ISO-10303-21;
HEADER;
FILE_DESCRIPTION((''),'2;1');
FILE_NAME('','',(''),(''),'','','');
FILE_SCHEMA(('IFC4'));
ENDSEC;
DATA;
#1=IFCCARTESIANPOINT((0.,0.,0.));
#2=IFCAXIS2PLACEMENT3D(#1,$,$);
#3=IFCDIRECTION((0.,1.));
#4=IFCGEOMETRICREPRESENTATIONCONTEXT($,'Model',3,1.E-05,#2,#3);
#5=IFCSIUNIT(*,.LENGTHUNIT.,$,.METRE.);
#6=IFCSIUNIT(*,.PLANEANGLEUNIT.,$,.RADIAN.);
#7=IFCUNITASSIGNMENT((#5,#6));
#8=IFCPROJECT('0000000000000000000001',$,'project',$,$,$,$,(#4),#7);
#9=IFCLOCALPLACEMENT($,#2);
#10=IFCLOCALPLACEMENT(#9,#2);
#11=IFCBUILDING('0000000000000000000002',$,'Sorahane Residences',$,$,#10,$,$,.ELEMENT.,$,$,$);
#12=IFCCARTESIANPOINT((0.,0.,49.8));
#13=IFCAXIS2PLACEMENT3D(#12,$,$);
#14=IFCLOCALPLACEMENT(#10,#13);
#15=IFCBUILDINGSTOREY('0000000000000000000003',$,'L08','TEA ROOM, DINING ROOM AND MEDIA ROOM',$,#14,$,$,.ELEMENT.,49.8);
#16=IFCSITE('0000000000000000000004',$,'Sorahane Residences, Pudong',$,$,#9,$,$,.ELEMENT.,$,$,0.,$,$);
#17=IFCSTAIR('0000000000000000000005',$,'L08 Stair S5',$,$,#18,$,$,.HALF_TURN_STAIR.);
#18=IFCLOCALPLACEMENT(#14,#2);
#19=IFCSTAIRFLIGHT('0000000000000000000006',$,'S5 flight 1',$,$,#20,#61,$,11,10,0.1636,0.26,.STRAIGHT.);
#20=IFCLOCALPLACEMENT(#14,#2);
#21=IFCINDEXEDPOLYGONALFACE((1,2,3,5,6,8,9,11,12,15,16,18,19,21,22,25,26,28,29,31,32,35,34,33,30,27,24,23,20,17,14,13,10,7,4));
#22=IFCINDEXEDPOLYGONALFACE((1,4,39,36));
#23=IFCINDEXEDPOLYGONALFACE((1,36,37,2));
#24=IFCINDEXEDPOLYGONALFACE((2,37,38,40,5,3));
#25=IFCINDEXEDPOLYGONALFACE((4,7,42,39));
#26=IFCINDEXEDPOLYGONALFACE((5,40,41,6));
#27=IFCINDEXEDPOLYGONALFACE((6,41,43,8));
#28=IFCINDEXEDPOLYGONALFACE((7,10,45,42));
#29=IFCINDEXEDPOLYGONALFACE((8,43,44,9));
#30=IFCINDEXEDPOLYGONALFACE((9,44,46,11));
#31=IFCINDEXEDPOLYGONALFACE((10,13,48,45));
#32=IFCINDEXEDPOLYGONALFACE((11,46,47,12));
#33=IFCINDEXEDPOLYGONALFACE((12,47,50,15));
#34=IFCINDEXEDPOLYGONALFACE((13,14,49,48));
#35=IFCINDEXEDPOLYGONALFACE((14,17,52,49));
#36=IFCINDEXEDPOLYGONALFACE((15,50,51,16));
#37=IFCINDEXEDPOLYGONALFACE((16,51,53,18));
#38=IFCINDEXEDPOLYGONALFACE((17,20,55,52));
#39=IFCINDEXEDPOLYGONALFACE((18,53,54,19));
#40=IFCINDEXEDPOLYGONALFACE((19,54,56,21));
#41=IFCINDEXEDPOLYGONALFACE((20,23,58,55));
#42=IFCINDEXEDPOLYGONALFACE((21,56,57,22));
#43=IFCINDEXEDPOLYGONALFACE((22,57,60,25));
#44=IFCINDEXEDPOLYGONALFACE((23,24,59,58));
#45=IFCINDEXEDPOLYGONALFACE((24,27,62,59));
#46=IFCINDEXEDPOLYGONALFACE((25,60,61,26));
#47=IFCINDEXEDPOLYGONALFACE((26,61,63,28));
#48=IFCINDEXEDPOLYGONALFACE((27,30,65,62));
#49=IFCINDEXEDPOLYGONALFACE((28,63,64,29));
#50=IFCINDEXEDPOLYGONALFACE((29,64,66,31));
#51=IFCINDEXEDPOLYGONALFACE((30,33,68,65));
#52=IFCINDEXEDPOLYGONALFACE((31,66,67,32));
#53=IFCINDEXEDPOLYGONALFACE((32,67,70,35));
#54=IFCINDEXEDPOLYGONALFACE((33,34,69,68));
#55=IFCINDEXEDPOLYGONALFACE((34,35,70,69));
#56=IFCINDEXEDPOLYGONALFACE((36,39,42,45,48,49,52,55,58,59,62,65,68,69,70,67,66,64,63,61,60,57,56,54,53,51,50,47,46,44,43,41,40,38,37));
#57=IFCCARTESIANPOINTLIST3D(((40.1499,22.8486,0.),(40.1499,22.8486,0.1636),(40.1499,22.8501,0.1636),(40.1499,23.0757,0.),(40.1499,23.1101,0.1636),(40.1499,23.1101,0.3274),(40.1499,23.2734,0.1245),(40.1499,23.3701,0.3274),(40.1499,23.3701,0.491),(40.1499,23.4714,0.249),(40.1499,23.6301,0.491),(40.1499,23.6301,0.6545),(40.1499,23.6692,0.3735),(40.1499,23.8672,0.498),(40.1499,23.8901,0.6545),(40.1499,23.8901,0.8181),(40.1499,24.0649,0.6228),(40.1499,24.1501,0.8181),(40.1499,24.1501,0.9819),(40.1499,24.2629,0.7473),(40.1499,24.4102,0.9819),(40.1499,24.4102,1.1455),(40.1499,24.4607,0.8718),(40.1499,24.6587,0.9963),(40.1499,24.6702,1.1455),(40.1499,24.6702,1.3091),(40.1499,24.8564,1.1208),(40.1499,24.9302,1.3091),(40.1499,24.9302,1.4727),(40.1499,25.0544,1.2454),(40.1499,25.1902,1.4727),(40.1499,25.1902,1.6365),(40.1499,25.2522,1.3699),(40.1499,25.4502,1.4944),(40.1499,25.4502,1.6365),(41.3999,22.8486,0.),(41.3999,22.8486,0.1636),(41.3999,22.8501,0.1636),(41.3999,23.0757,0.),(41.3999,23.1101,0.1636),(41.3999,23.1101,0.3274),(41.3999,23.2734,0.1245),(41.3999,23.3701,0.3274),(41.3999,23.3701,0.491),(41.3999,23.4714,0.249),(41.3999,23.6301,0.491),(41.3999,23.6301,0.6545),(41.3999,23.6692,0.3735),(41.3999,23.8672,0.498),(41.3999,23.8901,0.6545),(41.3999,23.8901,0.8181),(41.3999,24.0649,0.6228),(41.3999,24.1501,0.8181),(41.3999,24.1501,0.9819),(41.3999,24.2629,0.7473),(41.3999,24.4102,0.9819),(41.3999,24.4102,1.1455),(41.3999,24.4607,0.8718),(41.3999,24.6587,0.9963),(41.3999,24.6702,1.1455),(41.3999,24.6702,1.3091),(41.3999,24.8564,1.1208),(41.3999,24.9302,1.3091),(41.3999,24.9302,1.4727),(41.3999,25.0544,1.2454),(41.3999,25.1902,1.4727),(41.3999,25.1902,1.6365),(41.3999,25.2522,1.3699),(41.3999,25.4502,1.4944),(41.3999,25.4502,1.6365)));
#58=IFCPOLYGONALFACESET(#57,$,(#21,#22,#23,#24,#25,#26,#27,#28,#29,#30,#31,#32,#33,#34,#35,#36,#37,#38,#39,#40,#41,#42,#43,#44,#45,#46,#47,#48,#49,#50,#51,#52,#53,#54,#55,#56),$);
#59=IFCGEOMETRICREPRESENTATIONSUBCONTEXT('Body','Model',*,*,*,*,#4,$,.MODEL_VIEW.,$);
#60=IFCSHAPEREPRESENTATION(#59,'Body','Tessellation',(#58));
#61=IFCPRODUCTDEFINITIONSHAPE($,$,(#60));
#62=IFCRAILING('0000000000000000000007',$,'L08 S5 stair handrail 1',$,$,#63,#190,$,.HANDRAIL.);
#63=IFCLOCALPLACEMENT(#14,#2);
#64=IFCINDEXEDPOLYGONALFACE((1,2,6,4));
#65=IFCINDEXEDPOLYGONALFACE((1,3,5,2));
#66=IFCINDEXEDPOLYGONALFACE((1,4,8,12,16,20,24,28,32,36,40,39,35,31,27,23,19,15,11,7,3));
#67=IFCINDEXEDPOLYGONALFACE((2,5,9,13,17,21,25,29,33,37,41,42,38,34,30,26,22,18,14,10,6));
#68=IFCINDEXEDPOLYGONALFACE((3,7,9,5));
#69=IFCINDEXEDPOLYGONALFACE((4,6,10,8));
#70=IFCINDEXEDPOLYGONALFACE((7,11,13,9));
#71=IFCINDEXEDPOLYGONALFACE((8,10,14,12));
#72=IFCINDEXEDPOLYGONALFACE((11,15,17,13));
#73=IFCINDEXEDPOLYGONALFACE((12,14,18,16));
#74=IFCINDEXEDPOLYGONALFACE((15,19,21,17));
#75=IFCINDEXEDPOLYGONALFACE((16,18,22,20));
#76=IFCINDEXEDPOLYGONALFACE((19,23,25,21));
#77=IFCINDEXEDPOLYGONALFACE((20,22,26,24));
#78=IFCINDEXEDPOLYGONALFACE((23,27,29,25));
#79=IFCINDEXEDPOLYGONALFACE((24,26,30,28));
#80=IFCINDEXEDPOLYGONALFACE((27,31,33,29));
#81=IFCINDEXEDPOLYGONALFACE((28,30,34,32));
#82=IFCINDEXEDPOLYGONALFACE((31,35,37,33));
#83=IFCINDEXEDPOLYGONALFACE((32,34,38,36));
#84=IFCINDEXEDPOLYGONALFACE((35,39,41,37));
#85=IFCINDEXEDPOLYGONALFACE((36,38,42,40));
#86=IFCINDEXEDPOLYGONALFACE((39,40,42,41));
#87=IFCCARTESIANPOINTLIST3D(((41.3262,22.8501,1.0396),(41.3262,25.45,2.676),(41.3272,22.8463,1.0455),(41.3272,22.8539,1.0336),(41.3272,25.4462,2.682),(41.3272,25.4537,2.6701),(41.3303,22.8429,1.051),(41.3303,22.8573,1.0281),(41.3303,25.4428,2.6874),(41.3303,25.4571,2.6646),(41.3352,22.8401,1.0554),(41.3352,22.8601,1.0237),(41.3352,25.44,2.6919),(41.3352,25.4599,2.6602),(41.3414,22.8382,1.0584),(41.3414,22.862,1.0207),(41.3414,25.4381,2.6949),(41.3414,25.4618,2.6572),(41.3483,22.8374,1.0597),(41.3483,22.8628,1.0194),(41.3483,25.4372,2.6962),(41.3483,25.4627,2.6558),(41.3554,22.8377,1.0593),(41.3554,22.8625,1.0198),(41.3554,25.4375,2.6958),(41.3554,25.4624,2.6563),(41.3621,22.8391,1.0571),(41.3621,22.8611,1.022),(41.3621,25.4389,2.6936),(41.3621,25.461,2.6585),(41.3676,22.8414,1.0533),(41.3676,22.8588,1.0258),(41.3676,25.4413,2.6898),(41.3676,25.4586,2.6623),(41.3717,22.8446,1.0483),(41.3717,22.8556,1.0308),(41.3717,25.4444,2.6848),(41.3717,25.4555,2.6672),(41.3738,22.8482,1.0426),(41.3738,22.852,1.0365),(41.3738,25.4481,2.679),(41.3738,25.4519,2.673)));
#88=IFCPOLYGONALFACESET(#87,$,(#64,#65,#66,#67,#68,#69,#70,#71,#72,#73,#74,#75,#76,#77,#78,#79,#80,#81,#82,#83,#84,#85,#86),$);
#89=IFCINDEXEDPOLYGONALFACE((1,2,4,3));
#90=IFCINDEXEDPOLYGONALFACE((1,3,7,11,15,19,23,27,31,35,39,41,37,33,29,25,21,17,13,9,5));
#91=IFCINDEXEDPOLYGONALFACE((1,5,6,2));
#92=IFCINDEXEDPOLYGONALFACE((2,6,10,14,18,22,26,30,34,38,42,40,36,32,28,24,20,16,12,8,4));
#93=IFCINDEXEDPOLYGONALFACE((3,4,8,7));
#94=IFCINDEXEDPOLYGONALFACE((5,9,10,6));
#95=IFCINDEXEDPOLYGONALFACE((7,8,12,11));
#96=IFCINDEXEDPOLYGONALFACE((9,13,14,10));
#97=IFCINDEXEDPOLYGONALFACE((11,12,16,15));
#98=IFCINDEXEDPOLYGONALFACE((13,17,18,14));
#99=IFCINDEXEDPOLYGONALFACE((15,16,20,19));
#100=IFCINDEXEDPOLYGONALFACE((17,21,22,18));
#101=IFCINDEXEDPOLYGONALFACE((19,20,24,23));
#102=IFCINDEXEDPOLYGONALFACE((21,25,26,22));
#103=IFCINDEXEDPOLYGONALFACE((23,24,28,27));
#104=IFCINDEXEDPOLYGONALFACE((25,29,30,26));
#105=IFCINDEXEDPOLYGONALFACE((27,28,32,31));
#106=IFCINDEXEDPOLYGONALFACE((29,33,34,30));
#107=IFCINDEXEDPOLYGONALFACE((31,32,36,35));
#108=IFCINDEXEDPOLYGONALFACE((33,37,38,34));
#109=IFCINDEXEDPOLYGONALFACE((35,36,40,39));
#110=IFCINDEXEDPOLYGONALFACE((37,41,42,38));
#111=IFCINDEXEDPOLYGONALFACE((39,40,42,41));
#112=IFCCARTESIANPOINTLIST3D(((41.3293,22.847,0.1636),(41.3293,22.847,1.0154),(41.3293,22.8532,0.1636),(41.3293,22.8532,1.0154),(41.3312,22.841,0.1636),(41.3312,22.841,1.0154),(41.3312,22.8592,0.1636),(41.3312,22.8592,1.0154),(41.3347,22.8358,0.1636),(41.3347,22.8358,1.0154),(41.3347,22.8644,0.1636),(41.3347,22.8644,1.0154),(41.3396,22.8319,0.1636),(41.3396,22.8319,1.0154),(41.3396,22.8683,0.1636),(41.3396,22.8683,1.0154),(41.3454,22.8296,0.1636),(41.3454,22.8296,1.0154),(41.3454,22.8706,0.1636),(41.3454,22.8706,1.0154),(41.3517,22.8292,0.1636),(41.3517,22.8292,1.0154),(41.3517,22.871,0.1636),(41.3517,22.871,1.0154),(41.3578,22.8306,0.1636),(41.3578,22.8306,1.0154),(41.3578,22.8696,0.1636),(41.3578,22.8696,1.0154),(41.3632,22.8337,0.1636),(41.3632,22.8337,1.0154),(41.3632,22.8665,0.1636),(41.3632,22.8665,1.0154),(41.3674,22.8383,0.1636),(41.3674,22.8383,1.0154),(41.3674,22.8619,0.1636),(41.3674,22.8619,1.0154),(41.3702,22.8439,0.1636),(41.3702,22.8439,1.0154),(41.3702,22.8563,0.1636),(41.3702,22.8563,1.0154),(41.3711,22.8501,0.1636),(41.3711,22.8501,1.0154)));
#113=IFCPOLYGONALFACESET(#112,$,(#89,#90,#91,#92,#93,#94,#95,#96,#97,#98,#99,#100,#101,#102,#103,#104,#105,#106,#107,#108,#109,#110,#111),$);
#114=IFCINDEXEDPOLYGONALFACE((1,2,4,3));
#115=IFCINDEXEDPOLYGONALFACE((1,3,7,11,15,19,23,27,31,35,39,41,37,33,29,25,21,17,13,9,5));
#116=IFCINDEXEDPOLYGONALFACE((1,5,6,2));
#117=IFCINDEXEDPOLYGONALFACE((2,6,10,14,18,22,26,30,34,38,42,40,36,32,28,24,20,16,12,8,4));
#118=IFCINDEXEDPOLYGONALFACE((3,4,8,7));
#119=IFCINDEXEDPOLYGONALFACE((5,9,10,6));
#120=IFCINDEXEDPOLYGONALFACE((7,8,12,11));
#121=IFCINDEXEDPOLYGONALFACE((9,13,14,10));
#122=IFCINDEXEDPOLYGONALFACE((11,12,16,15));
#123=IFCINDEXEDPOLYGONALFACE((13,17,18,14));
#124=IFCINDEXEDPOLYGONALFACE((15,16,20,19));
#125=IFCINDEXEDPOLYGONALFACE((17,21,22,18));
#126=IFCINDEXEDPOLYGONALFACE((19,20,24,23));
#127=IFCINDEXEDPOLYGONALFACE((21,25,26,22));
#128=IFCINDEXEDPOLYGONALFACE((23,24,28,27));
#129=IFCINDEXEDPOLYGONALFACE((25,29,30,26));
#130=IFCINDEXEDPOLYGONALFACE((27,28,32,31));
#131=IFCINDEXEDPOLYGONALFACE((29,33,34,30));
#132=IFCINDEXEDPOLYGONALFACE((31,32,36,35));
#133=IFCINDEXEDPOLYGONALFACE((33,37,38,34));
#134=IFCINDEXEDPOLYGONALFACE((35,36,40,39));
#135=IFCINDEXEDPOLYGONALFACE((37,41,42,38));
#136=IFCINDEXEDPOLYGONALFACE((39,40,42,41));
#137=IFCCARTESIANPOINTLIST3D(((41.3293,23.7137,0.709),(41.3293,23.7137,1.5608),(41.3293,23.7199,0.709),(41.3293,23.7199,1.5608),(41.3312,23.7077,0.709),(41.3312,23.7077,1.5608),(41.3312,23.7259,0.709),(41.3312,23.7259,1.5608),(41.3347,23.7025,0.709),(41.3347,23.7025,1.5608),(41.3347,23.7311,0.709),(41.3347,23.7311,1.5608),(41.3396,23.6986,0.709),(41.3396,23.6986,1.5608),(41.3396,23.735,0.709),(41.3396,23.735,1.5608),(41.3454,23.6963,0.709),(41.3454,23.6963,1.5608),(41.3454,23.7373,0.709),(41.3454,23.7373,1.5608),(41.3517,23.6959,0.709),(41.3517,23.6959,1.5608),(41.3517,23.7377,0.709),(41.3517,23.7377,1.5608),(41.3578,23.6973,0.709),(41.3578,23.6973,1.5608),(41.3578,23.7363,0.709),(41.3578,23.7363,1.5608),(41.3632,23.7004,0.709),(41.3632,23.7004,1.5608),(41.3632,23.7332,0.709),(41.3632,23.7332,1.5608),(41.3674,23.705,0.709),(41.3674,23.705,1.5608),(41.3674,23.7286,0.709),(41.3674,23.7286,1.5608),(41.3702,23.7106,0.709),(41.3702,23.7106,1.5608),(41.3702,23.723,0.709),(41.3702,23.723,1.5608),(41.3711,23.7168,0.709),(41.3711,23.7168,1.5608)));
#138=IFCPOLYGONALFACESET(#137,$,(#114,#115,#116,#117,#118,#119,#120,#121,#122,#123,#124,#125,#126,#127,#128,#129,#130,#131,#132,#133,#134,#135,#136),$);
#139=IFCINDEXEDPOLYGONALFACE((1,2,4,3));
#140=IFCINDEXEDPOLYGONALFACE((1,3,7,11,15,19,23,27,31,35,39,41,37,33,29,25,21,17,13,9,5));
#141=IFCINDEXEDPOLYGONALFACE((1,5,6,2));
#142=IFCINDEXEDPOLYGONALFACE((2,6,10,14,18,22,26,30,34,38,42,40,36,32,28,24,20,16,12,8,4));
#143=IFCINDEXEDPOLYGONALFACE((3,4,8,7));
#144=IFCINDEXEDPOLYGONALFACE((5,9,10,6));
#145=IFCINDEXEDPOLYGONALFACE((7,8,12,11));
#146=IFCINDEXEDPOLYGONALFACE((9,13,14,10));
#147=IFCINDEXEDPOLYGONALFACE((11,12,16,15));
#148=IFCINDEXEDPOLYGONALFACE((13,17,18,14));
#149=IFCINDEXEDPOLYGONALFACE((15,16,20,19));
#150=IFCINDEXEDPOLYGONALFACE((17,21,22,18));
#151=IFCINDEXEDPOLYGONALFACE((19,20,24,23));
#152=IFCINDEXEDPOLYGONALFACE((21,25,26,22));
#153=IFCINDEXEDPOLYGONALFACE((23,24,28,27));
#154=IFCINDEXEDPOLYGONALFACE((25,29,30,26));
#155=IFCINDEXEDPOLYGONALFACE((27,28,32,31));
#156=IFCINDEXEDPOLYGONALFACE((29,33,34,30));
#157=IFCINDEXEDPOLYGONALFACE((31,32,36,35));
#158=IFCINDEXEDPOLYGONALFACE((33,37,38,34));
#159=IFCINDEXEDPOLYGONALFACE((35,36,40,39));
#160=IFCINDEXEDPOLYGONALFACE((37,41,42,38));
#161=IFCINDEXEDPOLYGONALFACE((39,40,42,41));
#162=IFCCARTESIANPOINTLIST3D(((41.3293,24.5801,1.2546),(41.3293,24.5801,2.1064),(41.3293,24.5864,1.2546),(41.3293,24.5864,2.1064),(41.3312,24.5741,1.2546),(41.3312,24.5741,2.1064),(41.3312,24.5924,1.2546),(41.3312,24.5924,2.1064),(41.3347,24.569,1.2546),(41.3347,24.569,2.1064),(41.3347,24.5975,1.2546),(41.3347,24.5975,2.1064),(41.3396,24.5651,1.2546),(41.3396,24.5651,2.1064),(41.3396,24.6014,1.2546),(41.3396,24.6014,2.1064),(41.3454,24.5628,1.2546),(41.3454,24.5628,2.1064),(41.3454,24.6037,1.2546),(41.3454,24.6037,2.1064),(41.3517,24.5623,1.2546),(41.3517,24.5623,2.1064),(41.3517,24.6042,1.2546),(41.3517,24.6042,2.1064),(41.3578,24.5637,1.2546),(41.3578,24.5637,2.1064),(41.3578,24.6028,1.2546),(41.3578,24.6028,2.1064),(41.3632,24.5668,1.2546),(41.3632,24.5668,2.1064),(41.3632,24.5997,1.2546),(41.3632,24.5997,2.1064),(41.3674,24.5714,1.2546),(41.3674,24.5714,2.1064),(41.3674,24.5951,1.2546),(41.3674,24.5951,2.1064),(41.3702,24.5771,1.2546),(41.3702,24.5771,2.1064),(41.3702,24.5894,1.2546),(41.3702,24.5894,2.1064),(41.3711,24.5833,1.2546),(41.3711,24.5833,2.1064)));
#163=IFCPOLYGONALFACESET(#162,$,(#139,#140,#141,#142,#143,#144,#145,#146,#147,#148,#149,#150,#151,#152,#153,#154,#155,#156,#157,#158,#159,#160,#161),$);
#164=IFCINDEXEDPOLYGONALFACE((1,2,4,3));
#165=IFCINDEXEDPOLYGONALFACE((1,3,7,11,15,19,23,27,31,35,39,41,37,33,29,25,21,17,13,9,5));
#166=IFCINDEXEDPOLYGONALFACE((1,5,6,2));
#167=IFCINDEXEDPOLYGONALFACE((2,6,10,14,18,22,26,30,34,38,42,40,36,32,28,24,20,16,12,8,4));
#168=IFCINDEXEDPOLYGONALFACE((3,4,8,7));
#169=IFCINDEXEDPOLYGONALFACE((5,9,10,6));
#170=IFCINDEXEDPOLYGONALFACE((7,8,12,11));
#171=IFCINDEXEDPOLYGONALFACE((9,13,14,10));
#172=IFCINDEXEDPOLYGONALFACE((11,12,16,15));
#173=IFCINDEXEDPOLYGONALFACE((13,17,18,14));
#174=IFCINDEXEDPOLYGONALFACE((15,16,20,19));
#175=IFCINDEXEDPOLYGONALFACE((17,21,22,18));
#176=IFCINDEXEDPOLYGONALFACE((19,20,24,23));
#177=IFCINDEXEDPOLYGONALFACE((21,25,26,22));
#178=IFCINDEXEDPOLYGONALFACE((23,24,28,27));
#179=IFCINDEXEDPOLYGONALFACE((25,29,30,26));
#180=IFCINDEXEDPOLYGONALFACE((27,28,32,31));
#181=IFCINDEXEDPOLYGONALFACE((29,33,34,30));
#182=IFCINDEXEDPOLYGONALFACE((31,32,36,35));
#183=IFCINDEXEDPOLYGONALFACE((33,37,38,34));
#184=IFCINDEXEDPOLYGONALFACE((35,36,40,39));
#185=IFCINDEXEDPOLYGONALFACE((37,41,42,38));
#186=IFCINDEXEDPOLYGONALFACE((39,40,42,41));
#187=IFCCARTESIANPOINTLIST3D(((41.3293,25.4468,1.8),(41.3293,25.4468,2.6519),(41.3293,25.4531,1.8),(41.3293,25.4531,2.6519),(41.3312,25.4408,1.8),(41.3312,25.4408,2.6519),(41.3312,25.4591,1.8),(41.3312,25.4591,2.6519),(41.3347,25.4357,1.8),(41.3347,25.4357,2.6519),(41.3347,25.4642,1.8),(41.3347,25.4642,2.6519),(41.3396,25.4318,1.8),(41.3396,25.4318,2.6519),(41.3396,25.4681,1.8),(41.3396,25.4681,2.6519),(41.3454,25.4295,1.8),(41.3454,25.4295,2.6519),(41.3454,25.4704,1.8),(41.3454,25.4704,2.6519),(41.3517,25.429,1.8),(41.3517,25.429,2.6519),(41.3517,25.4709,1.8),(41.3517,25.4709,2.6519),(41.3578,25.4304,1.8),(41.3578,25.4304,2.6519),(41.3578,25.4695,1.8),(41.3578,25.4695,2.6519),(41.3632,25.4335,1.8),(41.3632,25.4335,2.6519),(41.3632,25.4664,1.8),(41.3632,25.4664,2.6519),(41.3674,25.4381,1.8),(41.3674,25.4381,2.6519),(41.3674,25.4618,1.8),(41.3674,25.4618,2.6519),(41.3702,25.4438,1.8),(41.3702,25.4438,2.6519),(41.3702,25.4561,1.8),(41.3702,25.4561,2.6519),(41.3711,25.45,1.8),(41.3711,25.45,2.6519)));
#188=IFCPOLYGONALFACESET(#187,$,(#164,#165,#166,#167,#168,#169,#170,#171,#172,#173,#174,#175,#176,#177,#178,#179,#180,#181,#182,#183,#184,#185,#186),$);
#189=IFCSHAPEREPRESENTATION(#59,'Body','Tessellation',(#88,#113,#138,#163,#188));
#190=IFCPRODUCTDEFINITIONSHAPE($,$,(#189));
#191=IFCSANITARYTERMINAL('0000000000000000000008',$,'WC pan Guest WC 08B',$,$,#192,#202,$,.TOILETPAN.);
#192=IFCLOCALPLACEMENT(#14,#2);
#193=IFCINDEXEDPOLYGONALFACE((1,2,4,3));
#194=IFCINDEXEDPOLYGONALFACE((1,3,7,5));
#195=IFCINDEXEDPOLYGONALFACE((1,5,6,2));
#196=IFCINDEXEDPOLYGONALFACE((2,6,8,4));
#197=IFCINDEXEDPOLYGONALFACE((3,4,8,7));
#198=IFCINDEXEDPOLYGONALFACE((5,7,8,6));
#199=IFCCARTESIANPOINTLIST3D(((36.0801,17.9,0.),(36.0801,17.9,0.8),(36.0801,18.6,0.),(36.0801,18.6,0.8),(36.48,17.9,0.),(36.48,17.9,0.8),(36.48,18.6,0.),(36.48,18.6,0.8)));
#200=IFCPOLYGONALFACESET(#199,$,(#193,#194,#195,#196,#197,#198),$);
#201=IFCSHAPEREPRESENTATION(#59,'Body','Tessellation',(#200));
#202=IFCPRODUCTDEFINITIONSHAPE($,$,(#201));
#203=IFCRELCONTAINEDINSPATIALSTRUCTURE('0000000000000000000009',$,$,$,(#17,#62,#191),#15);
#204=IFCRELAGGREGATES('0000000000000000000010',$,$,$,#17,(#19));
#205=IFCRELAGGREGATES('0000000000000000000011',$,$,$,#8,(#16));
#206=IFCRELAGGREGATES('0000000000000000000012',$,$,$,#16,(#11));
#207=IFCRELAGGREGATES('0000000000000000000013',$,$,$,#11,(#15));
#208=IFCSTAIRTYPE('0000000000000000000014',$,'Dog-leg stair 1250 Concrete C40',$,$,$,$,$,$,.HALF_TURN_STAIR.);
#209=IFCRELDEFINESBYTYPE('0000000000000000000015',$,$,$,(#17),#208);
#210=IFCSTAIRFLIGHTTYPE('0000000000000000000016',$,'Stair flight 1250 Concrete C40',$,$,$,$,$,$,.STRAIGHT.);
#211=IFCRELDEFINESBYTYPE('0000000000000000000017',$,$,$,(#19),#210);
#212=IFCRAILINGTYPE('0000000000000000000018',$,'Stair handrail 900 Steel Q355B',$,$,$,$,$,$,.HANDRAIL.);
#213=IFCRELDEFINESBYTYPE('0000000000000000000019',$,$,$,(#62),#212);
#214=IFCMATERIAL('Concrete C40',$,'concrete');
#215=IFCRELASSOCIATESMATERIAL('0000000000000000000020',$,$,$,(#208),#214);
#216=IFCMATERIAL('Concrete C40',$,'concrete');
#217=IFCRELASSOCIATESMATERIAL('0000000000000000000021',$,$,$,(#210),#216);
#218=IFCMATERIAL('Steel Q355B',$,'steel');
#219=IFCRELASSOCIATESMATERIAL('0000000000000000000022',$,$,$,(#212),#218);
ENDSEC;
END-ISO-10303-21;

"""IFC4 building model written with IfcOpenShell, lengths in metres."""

from ifc_helpers import new_model, si_unit, direction, frame, origin, origin_2d, place, context, subcontext, project, spatial, polyline, rectangle, circle, outline, extrude, material, type_object, element, aggregate, save


model = new_model("IFC4")

# Units and contexts
model_context = context("Model", 3, precision=1e-05, world=origin(), true_north=direction((0.0, 1.0)))
body_context = subcontext(model_context, "Body", "Model", "MODEL_VIEW")
ifc_project = project(units=[si_unit("LENGTHUNIT", "METRE"), si_unit("PLANEANGLEUNIT", "RADIAN")], contexts=[model_context])

# Site, building, storey
site_placement = place(None, origin())
site = spatial("IfcSite", under=ifc_project, at=site_placement, Name="Sorahane Residences, Pudong", CompositionType="ELEMENT", RefElevation=0.0)
building_placement = place(site_placement, origin())
building = spatial("IfcBuilding", under=site, at=building_placement, Name="Sorahane Residences", CompositionType="ELEMENT")
storey_placement = place(building_placement, frame((0.0, 0.0, 49.8)))
storey = spatial("IfcBuildingStorey", under=building, at=storey_placement, Name="L08", Description="TEA ROOM, DINING ROOM AND MEDIA ROOM", CompositionType="ELEMENT", Elevation=49.8)

# Stair, stair flight
ifc_material_1 = material(Name="Concrete C40", Category="concrete")
stair_type = type_object("IfcStairType", Name="Dog-leg stair 1250 Concrete C40", PredefinedType="HALF_TURN_STAIR", material=ifc_material_1)
stair_placement = place(storey_placement, origin())
stair = element("IfcStair", 1, at=stair_placement, inside=storey, type_object=stair_type, Name="L08 Stair S5", PredefinedType="HALF_TURN_STAIR")
ifc_material_2 = material(Name="Concrete C40", Category="concrete")
stair_flight_type = type_object("IfcStairFlightType", Name="Stair flight 1250 Concrete C40", PredefinedType="STRAIGHT", material=ifc_material_2)
stair_flight_placement = place(storey_placement, frame((40.7749, 22.8501, 0.0), z_axis=(0.0, 0.0, 1.0), x_axis=(0.0, 1.0, 0.0)))
stair_flight = element("IfcStairFlight", 2, at=stair_flight_placement, type_object=stair_flight_type, Name="S5 flight 1", NumberOfRisers=11, NumberOfTreads=10, PredefinedType="STRAIGHT", RiserHeight=0.1636, TreadLength=0.26, context=body_context, shape_type="SweptSolid", body=[
    extrude(outline(polyline([(-0.0015, 0.0), (-0.0015, 0.1636), (0.0, 0.1636), (0.26, 0.1636), (0.26, 0.3274), (0.52, 0.3274), (0.52, 0.491), (0.78, 0.491), (0.78, 0.6545), (1.04, 0.6545), (1.04, 0.8181), (1.3, 0.8181), (1.3, 0.9819), (1.5601, 0.9819), (1.5601, 1.1455), (1.8201, 1.1455), (1.8201, 1.3091), (2.0801, 1.3091), (2.0801, 1.4727), (2.3401, 1.4727), (2.3401, 1.6365), (2.6001, 1.6365), (2.6001, 1.8), (2.6001, 1.4944), (2.4021, 1.3699), (2.2043, 1.2454), (2.0063, 1.1208), (1.8086, 0.9963), (1.6106, 0.8718), (1.4128, 0.7473), (1.2148, 0.6228), (1.0171, 0.498), (0.8191, 0.3735), (0.6213, 0.249), (0.4233, 0.1245), (0.2256, 0.0), (-0.0015, 0.0)])), frame((0.0, 0.625, 0.0), z_axis=(0.0, -1.0, 0.0), x_axis=(1.0, 0.0, 0.0)), (0.0, 0.0, 1.0), 1.25),
])
aggregate(stair, [stair_flight])

# Railing
ifc_material_3 = material(Name="Steel Q355B", Category="steel")
railing_type_1 = type_object("IfcRailingType", Name="Stair handrail 900 Steel Q355B", PredefinedType="HANDRAIL", material=ifc_material_3)
railing_1_placement = place(storey_placement, frame((41.3501, 22.8501, 0.1636)))
element("IfcRailing", 3, at=railing_1_placement, inside=storey, type_object=railing_type_1, Name="L08 S5 stair handrail 1", PredefinedType="HANDRAIL", context=body_context, shape_type="SweptSolid", body=[
    extrude(circle(Radius=0.0239, at=origin_2d()), frame((0.0, 0.0, 0.876), z_axis=(0.0, 0.846302, 0.532704), x_axis=(-1.0, 0.0, 0.0)), (0.0, 0.0, 1.0), 3.072),
    extrude(circle(Radius=0.021, at=origin_2d()), origin(), (0.0, 0.0, 1.0), 0.8518),
    extrude(circle(Radius=0.021, at=origin_2d()), frame((0.0, 0.8667, 0.5454)), (0.0, 0.0, 1.0), 0.8518),
    extrude(circle(Radius=0.021, at=origin_2d()), frame((0.0, 1.7332, 1.0911)), (0.0, 0.0, 1.0), 0.8518),
    extrude(circle(Radius=0.021, at=origin_2d()), frame((0.0, 2.5999, 1.6365)), (0.0, 0.0, 1.0), 0.8518),
])

# Sanitary terminal
sanitary_terminal_1_placement = place(storey_placement, frame((36.28, 18.25, 0.0), z_axis=(0.0, 0.0, 1.0), x_axis=(1.0, 0.0, 0.0)))
element("IfcSanitaryTerminal", 4, at=sanitary_terminal_1_placement, inside=storey, Name="WC pan Guest WC 08B", PredefinedType="TOILETPAN", context=body_context, shape_type="SweptSolid", body=[
    extrude(rectangle(XDim=0.3999, YDim=0.7, at=origin_2d()), origin(), (0.0, 0.0, 1.0), 0.8),
])

save(model, "model.ifc")
